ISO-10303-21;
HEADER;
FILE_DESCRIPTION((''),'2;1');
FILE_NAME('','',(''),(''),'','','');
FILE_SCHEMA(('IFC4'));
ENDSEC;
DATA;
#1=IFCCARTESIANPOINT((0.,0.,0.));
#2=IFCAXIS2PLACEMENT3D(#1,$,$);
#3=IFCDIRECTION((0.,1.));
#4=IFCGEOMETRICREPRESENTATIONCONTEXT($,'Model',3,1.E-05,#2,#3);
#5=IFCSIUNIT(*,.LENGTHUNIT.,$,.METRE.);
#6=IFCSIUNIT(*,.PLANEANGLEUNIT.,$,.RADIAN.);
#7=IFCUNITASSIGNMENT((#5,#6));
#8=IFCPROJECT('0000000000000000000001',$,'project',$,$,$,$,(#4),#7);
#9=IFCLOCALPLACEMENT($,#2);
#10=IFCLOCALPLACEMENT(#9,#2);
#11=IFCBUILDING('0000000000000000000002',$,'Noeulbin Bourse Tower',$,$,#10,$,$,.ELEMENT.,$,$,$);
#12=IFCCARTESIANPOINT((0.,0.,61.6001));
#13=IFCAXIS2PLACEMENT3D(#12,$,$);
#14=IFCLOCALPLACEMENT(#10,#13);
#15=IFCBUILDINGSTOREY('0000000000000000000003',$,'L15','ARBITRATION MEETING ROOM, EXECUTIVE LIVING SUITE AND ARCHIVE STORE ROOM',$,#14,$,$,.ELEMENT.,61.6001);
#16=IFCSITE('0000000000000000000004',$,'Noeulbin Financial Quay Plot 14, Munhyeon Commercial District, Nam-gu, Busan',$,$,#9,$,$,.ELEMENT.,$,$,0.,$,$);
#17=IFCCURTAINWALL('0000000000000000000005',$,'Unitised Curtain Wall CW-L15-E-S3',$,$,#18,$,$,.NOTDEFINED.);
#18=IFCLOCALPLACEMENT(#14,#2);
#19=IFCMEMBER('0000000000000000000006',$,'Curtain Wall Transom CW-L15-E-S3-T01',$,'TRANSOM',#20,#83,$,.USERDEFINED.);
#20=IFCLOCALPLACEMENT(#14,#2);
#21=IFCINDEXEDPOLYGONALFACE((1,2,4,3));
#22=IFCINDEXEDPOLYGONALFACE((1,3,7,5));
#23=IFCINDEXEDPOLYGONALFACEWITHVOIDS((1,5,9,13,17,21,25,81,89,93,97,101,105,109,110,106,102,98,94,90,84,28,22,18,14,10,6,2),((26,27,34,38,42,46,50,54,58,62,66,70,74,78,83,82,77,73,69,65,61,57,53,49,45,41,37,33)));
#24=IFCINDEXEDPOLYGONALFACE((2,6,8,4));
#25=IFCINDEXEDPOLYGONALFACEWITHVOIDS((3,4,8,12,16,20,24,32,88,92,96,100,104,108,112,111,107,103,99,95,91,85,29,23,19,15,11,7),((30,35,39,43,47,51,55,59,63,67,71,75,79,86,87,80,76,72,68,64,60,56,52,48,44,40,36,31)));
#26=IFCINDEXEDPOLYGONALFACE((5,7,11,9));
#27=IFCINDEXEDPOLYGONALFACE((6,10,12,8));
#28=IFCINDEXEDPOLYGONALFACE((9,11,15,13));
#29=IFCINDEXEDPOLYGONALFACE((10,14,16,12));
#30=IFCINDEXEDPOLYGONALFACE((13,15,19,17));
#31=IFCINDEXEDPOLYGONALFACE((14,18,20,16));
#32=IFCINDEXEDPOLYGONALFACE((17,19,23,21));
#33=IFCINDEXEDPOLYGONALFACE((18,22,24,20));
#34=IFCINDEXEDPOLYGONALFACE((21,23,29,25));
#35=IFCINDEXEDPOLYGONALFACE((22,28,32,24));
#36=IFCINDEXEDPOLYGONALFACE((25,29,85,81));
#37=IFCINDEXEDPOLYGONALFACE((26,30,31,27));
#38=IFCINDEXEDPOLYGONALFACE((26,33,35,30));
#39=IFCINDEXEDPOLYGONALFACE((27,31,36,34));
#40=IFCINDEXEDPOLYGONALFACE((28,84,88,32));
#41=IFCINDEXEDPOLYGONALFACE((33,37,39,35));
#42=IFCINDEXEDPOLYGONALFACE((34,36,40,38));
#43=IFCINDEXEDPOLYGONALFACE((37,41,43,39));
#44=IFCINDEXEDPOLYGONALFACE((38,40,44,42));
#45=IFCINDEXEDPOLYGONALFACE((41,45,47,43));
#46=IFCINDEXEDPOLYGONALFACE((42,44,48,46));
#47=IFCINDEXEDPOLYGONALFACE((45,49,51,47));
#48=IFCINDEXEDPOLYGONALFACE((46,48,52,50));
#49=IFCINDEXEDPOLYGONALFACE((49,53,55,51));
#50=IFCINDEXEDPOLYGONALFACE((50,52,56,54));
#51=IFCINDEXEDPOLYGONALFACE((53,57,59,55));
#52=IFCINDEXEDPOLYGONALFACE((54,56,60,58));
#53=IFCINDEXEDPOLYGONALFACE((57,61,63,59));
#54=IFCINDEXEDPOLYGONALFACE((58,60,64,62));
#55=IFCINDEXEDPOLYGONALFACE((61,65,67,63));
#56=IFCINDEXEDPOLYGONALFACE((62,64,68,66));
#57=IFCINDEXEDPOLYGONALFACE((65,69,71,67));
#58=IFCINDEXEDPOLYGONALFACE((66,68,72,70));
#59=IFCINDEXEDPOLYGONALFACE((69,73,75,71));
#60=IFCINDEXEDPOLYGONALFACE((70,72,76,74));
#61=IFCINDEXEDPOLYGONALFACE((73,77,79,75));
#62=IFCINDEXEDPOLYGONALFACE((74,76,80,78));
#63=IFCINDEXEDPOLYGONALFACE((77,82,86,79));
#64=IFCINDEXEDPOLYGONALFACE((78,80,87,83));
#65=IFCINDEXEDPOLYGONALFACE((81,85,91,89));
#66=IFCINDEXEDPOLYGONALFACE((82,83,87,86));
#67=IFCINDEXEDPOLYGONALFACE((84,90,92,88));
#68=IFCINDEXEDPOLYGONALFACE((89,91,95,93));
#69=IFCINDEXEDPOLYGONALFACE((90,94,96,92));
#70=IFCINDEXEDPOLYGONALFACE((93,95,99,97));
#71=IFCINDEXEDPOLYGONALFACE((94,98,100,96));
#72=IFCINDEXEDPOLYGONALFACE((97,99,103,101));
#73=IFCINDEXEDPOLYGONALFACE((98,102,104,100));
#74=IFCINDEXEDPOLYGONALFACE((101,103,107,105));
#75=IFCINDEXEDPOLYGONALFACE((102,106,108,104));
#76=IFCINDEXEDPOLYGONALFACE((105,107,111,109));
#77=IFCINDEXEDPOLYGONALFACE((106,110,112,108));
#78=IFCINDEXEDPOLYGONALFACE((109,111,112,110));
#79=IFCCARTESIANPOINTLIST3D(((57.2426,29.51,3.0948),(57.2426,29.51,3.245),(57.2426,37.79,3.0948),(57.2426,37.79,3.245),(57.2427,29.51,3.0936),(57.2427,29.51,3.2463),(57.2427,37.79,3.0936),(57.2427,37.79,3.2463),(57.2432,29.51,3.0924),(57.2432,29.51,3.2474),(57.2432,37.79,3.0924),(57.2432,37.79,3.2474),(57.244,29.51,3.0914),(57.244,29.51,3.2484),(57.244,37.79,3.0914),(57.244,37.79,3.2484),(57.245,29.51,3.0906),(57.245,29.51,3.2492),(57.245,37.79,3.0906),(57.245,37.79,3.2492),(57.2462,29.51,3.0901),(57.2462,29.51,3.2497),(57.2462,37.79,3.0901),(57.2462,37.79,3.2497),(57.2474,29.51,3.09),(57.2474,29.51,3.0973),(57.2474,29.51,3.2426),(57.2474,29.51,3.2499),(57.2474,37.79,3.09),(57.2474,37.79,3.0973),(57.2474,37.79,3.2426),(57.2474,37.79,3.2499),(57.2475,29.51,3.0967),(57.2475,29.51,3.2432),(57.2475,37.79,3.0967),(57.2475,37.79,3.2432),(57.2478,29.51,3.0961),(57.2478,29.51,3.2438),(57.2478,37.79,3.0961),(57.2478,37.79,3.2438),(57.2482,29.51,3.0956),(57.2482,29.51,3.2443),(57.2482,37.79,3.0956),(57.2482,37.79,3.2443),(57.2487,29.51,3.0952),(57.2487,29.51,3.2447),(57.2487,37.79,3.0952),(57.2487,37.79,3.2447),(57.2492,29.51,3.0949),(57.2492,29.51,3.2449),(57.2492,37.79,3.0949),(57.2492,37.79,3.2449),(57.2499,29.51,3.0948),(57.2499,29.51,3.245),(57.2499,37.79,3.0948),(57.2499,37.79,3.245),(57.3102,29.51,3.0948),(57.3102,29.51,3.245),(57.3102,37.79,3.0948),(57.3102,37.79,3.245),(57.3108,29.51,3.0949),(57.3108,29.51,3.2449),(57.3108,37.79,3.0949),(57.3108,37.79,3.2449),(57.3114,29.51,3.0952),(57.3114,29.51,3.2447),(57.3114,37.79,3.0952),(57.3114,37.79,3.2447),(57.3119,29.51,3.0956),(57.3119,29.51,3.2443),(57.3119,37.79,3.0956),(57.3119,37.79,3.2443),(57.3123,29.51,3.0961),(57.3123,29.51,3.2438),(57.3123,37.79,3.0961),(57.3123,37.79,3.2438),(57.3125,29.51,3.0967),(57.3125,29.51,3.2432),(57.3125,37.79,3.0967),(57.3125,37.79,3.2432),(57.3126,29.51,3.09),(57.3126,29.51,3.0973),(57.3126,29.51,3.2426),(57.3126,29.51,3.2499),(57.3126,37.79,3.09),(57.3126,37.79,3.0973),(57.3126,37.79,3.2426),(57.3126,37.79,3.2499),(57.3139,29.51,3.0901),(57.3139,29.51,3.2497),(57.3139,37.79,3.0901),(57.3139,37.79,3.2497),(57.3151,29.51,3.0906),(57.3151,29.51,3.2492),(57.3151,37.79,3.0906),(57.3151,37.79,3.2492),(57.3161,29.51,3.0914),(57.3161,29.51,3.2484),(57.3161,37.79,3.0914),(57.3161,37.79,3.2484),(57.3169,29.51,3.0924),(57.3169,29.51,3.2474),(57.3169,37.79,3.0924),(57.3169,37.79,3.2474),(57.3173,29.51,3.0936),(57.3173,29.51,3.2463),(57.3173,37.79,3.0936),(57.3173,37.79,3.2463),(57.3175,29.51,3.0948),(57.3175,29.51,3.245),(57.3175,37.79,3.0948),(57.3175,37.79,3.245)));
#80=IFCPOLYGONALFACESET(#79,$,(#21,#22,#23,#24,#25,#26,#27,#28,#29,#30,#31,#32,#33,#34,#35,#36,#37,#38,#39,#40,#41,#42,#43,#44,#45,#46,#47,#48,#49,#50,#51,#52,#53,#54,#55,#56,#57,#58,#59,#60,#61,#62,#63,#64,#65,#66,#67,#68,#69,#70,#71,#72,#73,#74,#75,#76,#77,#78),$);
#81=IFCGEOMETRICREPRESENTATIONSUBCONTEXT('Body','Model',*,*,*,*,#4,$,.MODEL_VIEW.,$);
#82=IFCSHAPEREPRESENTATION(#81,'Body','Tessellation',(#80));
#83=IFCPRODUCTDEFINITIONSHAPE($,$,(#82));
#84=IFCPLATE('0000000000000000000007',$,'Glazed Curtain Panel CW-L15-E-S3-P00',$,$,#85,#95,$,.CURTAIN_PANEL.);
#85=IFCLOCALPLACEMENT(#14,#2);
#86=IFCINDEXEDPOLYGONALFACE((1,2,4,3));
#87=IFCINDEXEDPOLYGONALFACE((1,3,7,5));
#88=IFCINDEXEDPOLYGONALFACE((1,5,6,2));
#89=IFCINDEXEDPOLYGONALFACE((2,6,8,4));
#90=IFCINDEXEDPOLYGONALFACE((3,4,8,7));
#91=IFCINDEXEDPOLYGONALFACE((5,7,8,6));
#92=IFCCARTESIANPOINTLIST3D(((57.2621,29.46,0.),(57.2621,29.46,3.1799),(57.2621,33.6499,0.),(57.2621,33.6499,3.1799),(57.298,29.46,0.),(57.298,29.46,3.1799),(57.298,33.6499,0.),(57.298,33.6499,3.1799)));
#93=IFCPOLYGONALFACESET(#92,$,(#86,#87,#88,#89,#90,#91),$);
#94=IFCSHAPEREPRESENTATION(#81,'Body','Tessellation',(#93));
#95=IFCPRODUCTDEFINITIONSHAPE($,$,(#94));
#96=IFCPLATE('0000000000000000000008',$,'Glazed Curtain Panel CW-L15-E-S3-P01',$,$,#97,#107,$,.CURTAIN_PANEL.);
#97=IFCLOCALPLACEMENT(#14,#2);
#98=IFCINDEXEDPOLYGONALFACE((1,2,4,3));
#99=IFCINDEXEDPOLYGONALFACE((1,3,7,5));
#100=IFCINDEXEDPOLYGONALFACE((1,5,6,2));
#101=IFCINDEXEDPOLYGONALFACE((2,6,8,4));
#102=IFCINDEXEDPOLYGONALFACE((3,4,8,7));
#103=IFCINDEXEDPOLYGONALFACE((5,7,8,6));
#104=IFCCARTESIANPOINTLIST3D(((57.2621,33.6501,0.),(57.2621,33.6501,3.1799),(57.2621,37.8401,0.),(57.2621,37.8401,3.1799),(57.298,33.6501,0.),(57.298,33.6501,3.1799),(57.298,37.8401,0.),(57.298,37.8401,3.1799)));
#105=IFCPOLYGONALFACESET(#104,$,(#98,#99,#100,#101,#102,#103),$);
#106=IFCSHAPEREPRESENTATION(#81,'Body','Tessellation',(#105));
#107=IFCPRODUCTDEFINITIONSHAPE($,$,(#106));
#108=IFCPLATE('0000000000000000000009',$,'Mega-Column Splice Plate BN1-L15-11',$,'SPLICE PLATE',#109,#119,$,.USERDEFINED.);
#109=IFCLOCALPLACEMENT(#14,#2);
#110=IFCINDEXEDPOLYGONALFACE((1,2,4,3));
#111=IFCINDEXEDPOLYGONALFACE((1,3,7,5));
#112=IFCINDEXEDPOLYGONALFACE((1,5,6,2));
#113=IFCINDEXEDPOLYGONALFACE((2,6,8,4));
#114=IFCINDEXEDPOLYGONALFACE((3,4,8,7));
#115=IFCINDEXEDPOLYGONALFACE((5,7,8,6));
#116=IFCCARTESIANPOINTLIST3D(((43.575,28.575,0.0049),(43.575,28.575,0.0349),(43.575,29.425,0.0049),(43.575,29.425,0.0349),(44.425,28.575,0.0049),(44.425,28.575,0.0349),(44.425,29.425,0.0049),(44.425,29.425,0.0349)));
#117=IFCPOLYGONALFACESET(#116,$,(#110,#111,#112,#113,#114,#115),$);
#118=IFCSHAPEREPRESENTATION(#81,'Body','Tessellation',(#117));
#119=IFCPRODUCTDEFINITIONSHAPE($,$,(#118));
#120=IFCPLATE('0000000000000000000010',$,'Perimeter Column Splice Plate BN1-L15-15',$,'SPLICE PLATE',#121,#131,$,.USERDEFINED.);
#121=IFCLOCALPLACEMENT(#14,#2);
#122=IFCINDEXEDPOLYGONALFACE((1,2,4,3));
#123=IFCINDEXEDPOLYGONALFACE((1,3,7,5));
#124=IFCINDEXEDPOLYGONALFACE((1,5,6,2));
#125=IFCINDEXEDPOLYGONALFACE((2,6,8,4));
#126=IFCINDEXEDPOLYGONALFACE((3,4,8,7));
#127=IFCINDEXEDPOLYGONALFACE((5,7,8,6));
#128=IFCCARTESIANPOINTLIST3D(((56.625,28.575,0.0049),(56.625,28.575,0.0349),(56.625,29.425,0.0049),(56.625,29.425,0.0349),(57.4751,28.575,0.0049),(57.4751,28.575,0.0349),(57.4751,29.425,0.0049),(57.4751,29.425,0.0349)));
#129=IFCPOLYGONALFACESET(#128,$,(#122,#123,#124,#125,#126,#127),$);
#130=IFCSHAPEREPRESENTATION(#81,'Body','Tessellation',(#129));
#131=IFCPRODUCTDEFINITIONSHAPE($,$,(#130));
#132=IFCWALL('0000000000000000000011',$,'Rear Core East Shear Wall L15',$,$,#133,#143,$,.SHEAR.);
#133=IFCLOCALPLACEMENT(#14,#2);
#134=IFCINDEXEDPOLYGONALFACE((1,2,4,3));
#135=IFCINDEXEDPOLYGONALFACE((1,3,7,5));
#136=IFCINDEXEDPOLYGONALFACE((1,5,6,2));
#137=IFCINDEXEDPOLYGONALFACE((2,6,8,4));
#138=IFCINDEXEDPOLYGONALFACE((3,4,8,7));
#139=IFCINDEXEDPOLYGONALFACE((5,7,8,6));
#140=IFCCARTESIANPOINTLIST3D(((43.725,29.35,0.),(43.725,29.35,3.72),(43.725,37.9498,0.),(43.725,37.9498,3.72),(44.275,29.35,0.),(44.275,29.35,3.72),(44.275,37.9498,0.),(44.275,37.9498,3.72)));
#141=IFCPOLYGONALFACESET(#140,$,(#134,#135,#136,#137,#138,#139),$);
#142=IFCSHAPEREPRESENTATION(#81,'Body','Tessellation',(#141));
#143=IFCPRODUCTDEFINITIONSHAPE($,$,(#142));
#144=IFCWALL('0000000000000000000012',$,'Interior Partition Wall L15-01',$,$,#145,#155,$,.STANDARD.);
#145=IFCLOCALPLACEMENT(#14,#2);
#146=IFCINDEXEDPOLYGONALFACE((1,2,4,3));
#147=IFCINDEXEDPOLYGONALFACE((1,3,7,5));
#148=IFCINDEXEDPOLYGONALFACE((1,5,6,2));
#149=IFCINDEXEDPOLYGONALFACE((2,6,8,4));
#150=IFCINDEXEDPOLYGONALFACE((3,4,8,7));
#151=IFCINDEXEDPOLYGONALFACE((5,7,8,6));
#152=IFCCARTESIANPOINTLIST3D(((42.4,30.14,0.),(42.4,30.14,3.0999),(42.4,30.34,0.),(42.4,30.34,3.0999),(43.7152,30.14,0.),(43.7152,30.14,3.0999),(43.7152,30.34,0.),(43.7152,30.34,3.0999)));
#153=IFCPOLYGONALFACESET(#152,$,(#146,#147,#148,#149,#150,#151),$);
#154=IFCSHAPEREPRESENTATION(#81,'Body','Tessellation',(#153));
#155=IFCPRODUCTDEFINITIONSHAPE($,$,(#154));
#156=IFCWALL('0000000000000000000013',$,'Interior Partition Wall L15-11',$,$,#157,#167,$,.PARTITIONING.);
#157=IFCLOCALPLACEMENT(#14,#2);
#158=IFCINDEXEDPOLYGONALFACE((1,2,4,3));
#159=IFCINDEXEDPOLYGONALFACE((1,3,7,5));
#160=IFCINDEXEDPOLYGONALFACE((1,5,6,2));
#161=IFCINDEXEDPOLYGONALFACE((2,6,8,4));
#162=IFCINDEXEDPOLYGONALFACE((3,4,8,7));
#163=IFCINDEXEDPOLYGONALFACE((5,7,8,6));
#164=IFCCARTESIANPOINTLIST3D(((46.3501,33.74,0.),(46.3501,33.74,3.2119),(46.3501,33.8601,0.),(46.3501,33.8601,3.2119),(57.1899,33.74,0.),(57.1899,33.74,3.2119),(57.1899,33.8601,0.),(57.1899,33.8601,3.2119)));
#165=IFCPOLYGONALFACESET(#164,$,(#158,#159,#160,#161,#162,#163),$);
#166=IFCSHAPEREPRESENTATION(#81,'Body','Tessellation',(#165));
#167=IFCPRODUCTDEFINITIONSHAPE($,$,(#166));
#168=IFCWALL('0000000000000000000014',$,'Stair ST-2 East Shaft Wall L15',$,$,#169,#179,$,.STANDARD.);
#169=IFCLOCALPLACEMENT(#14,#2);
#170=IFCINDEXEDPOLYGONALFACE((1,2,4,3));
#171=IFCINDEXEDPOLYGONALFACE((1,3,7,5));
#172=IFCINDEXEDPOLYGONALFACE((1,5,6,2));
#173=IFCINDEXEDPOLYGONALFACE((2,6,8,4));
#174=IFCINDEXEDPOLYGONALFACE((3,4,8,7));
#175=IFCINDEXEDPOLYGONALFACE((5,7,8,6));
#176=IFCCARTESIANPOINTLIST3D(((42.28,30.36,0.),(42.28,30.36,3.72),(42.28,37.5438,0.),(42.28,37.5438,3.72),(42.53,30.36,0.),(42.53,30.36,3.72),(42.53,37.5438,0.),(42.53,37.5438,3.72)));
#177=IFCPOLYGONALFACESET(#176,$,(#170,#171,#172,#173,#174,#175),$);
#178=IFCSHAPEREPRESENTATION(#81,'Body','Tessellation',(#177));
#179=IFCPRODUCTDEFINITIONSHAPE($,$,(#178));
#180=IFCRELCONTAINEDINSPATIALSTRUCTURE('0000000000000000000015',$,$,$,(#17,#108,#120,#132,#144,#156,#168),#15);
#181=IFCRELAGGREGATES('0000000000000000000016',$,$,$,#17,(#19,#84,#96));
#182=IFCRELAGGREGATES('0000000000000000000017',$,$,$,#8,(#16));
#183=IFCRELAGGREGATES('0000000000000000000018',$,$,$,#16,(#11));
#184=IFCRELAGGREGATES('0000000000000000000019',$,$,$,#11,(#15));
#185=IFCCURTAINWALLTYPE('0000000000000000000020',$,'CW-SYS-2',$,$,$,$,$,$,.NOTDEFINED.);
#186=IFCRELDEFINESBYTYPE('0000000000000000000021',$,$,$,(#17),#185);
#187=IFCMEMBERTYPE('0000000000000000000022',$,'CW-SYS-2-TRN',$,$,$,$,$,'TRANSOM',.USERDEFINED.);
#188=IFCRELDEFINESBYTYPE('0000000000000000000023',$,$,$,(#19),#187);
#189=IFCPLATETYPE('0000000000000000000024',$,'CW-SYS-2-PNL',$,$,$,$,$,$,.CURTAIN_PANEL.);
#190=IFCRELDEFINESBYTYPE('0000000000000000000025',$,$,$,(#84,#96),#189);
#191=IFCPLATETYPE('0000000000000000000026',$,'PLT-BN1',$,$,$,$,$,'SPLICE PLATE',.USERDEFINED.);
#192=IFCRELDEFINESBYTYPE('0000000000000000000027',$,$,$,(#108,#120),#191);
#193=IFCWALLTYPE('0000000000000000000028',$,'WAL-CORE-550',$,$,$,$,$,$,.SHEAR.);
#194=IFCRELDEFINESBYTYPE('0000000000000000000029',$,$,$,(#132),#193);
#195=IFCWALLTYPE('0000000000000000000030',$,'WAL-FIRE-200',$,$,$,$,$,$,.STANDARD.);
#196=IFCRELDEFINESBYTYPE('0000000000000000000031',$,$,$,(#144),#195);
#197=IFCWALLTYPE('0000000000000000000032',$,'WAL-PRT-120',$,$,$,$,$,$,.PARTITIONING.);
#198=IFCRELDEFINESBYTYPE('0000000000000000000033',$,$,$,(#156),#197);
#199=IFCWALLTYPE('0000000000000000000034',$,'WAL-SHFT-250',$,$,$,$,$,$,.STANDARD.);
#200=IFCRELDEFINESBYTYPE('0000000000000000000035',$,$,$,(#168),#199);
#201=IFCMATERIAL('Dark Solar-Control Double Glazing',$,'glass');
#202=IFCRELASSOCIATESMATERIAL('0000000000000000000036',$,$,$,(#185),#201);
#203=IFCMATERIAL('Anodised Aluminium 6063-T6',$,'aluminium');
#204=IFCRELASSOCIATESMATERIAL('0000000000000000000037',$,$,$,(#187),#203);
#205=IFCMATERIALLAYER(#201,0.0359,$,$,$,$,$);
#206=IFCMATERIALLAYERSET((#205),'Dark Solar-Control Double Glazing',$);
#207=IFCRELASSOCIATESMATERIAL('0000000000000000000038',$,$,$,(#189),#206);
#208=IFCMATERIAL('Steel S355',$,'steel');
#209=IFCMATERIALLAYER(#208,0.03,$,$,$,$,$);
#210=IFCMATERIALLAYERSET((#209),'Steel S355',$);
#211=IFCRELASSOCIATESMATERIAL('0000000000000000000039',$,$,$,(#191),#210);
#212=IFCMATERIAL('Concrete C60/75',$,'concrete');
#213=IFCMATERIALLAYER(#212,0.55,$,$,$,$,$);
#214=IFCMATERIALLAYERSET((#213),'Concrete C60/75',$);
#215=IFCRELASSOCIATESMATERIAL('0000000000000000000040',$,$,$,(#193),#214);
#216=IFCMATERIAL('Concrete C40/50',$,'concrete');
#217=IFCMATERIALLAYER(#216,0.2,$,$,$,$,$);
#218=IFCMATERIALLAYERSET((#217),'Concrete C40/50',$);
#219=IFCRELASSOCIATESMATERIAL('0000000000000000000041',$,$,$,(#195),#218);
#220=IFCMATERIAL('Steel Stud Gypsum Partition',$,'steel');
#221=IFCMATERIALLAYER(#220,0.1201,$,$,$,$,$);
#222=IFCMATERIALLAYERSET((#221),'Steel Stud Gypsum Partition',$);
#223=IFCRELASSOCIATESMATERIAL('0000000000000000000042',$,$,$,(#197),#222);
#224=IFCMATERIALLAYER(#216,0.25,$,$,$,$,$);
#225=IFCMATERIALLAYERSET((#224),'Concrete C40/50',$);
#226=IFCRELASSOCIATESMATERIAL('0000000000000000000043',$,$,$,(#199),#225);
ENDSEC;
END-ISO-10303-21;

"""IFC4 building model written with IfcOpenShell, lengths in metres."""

from ifc_helpers import new_model, si_unit, direction, frame, frame_2d, origin, origin_2d, place, context, subcontext, project, spatial, rectangle, hollow_rectangle, extrude, material, layer, layer_set, material_profile, profile_set, type_object, element, aggregate, save


model = new_model("IFC4")

# Units and contexts
model_context = context("Model", 3, precision=1e-05, world=origin(), true_north=direction((0.0, 1.0)))
body_context = subcontext(model_context, "Body", "Model", "MODEL_VIEW")
ifc_project = project(units=[si_unit("LENGTHUNIT", "METRE"), si_unit("PLANEANGLEUNIT", "RADIAN")], contexts=[model_context])

# Site, building, storey
site_placement = place(None, origin())
site = spatial("IfcSite", under=ifc_project, at=site_placement, Name="Noeulbin Financial Quay Plot 14, Munhyeon Commercial District, Nam-gu, Busan", CompositionType="ELEMENT", RefElevation=0.0)
building_placement = place(site_placement, origin())
building = spatial("IfcBuilding", under=site, at=building_placement, Name="Noeulbin Bourse Tower", CompositionType="ELEMENT")
storey_placement = place(building_placement, frame((0.0, 0.0, 61.6001)))
storey = spatial("IfcBuildingStorey", under=building, at=storey_placement, Name="L15", Description="ARBITRATION MEETING ROOM, EXECUTIVE LIVING SUITE AND ARCHIVE STORE ROOM", CompositionType="ELEMENT", Elevation=61.6001)

# Shared definitions
ifc_material_1 = material(Name="Steel S355", Category="steel")

# Curtain wall, member, plates
ifc_material_2 = material(Name="Dark Solar-Control Double Glazing", Category="glass")
curtain_wall_type = type_object("IfcCurtainWallType", Name="CW-SYS-2", PredefinedType="NOTDEFINED", material=ifc_material_2)
curtain_wall_placement = place(storey_placement, origin())
curtain_wall = element("IfcCurtainWall", 1, at=curtain_wall_placement, inside=storey, type_object=curtain_wall_type, Name="Unitised Curtain Wall CW-L15-E-S3", PredefinedType="NOTDEFINED")
ifc_material_3 = material(Name="Anodised Aluminium 6063-T6", Category="aluminium")
ifc_material_profile_1 = material_profile(ifc_material_3, hollow_rectangle(XDim=0.075, YDim=0.1599, WallThickness=0.0049, InnerFilletRadius=0.0024, OuterFilletRadius=0.0049, at=origin_2d()), Name="ALU-TRAN-75x160x5", Category="LoadBearing")
ifc_profile_set_1 = profile_set([ifc_material_profile_1], Name="Anodised Aluminium 6063-T6")
member_type_1 = type_object("IfcMemberType", Name="CW-SYS-2-TRN", ElementType="TRANSOM", PredefinedType="USERDEFINED", material=ifc_profile_set_1)
member_1_placement = place(storey_placement, frame((57.28, 29.51, 3.1699), z_axis=(0.0, 1.0, 0.0), x_axis=(-1.0, 0.0, 0.0)))
member_1 = element("IfcMember", 2, at=member_1_placement, type_object=member_type_1, Name="Curtain Wall Transom CW-L15-E-S3-T01", ObjectType="TRANSOM", PredefinedType="USERDEFINED", context=body_context, shape_type="SweptSolid", body=[
    extrude(hollow_rectangle(XDim=0.075, YDim=0.1599, WallThickness=0.0049, InnerFilletRadius=0.0024, OuterFilletRadius=0.0049, at=origin_2d()), origin(), (0.0, 0.0, 1.0), 8.28),
])
ifc_layer_1 = layer(ifc_material_2, 0.0359)
ifc_layer_set_1 = layer_set([ifc_layer_1], Name="Dark Solar-Control Double Glazing")
plate_type_1 = type_object("IfcPlateType", Name="CW-SYS-2-PNL", PredefinedType="CURTAIN_PANEL", material=ifc_layer_set_1)
plate_1_placement = place(storey_placement, frame((57.28, 31.5549, 0.0), z_axis=(0.0, 0.0, 1.0), x_axis=(0.0, 1.0, 0.0)))
plate_1 = element("IfcPlate", 3, at=plate_1_placement, type_object=plate_type_1, Name="Glazed Curtain Panel CW-L15-E-S3-P00", PredefinedType="CURTAIN_PANEL", context=body_context, shape_type="SweptSolid", body=[
    extrude(rectangle(XDim=4.1899, YDim=0.0359, at=origin_2d()), origin(), (0.0, 0.0, 1.0), 3.1799),
])
plate_2_placement = place(storey_placement, frame((57.28, 35.7451, 0.0), z_axis=(0.0, 0.0, 1.0), x_axis=(0.0, 1.0, 0.0)))
plate_2 = element("IfcPlate", 4, at=plate_2_placement, type_object=plate_type_1, Name="Glazed Curtain Panel CW-L15-E-S3-P01", PredefinedType="CURTAIN_PANEL", context=body_context, shape_type="SweptSolid", body=[
    extrude(rectangle(XDim=4.1899, YDim=0.0359, at=origin_2d()), origin(), (0.0, 0.0, 1.0), 3.1799),
])
aggregate(curtain_wall, [member_1, plate_1, plate_2])

# Plates
ifc_layer_2 = layer(ifc_material_1, 0.03)
ifc_layer_set_2 = layer_set([ifc_layer_2], Name="Steel S355")
plate_type_2 = type_object("IfcPlateType", Name="PLT-BN1", ElementType="SPLICE PLATE", PredefinedType="USERDEFINED", material=ifc_layer_set_2)
for number, where, z_axis, x_axis, name in (
    (5, (44.0, 29.0, 0.0049), (0.0, 0.0, 1.0), (1.0, 0.0, 0.0), "Mega-Column Splice Plate BN1-L15-11"),
    (6, (57.05, 29.0, 0.0049), (0.0, 0.0, 1.0), (1.0, 0.0, 0.0), "Perimeter Column Splice Plate BN1-L15-15"),
):
    element("IfcPlate", number, at=place(storey_placement, frame(where, z_axis=z_axis, x_axis=x_axis)), inside=storey, type_object=plate_type_2, Name=name, ObjectType="SPLICE PLATE", PredefinedType="USERDEFINED", context=body_context, shape_type="SweptSolid", body=[
        extrude(rectangle(XDim=0.8501, YDim=0.8501, at=origin_2d()), origin(), (0.0, 0.0, 1.0), 0.03),
    ])

# Walls
ifc_material_4 = material(Name="Concrete C60/75", Category="concrete")
ifc_layer_3 = layer(ifc_material_4, 0.55)
ifc_layer_set_3 = layer_set([ifc_layer_3], Name="Concrete C60/75")
wall_type_1 = type_object("IfcWallType", Name="WAL-CORE-550", PredefinedType="SHEAR", material=ifc_layer_set_3)
wall_1_placement = place(storey_placement, frame((44.0, 29.3501, 0.0), z_axis=(0.0, 0.0, 1.0), x_axis=(0.0, 1.0, 0.0)))
element("IfcWall", 7, at=wall_1_placement, inside=storey, type_object=wall_type_1, Name="Rear Core East Shear Wall L15", PredefinedType="SHEAR", context=body_context, shape_type="SweptSolid", body=[
    extrude(rectangle(XDim=8.5999, YDim=0.55, at=frame_2d((4.2998, 0.0))), origin(), (0.0, 0.0, 1.0), 3.72),
])
ifc_material_5 = material(Name="Concrete C40/50", Category="concrete")
ifc_layer_4 = layer(ifc_material_5, 0.2)
ifc_layer_set_4 = layer_set([ifc_layer_4], Name="Concrete C40/50")
wall_type_2 = type_object("IfcWallType", Name="WAL-FIRE-200", PredefinedType="STANDARD", material=ifc_layer_set_4)
wall_2_placement = place(storey_placement, frame((42.3999, 30.24, 0.0), z_axis=(0.0, 0.0, 1.0), x_axis=(1.0, 0.0, 0.0)))
element("IfcWall", 8, at=wall_2_placement, inside=storey, type_object=wall_type_2, Name="Interior Partition Wall L15-01", PredefinedType="STANDARD", context=body_context, shape_type="SweptSolid", body=[
    extrude(rectangle(XDim=1.3152, YDim=0.2, at=frame_2d((0.6577, 0.0))), origin(), (0.0, 0.0, 1.0), 3.0999),
])
ifc_material_6 = material(Name="Steel Stud Gypsum Partition", Category="steel")
ifc_layer_5 = layer(ifc_material_6, 0.1201)
ifc_layer_set_5 = layer_set([ifc_layer_5], Name="Steel Stud Gypsum Partition")
wall_type_3 = type_object("IfcWallType", Name="WAL-PRT-120", PredefinedType="PARTITIONING", material=ifc_layer_set_5)
wall_3_placement = place(storey_placement, frame((46.3501, 33.8, 0.0), z_axis=(0.0, 0.0, 1.0), x_axis=(1.0, 0.0, 0.0)))
element("IfcWall", 9, at=wall_3_placement, inside=storey, type_object=wall_type_3, Name="Interior Partition Wall L15-11", PredefinedType="PARTITIONING", context=body_context, shape_type="SweptSolid", body=[
    extrude(rectangle(XDim=10.8398, YDim=0.1201, at=frame_2d((5.4199, 0.0))), origin(), (0.0, 0.0, 1.0), 3.2119),
])
ifc_layer_6 = layer(ifc_material_5, 0.25)
ifc_layer_set_6 = layer_set([ifc_layer_6], Name="Concrete C40/50")
wall_type_4 = type_object("IfcWallType", Name="WAL-SHFT-250", PredefinedType="STANDARD", material=ifc_layer_set_6)
wall_4_placement = place(storey_placement, frame((42.405, 30.3601, 0.0), z_axis=(0.0, 0.0, 1.0), x_axis=(0.0, 1.0, 0.0)))
element("IfcWall", 10, at=wall_4_placement, inside=storey, type_object=wall_type_4, Name="Stair ST-2 East Shaft Wall L15", PredefinedType="STANDARD", context=body_context, shape_type="SweptSolid", body=[
    extrude(rectangle(XDim=7.1838, YDim=0.25, at=frame_2d((3.5918, 0.0))), origin(), (0.0, 0.0, 1.0), 3.72),
])

save(model, "model.ifc")
